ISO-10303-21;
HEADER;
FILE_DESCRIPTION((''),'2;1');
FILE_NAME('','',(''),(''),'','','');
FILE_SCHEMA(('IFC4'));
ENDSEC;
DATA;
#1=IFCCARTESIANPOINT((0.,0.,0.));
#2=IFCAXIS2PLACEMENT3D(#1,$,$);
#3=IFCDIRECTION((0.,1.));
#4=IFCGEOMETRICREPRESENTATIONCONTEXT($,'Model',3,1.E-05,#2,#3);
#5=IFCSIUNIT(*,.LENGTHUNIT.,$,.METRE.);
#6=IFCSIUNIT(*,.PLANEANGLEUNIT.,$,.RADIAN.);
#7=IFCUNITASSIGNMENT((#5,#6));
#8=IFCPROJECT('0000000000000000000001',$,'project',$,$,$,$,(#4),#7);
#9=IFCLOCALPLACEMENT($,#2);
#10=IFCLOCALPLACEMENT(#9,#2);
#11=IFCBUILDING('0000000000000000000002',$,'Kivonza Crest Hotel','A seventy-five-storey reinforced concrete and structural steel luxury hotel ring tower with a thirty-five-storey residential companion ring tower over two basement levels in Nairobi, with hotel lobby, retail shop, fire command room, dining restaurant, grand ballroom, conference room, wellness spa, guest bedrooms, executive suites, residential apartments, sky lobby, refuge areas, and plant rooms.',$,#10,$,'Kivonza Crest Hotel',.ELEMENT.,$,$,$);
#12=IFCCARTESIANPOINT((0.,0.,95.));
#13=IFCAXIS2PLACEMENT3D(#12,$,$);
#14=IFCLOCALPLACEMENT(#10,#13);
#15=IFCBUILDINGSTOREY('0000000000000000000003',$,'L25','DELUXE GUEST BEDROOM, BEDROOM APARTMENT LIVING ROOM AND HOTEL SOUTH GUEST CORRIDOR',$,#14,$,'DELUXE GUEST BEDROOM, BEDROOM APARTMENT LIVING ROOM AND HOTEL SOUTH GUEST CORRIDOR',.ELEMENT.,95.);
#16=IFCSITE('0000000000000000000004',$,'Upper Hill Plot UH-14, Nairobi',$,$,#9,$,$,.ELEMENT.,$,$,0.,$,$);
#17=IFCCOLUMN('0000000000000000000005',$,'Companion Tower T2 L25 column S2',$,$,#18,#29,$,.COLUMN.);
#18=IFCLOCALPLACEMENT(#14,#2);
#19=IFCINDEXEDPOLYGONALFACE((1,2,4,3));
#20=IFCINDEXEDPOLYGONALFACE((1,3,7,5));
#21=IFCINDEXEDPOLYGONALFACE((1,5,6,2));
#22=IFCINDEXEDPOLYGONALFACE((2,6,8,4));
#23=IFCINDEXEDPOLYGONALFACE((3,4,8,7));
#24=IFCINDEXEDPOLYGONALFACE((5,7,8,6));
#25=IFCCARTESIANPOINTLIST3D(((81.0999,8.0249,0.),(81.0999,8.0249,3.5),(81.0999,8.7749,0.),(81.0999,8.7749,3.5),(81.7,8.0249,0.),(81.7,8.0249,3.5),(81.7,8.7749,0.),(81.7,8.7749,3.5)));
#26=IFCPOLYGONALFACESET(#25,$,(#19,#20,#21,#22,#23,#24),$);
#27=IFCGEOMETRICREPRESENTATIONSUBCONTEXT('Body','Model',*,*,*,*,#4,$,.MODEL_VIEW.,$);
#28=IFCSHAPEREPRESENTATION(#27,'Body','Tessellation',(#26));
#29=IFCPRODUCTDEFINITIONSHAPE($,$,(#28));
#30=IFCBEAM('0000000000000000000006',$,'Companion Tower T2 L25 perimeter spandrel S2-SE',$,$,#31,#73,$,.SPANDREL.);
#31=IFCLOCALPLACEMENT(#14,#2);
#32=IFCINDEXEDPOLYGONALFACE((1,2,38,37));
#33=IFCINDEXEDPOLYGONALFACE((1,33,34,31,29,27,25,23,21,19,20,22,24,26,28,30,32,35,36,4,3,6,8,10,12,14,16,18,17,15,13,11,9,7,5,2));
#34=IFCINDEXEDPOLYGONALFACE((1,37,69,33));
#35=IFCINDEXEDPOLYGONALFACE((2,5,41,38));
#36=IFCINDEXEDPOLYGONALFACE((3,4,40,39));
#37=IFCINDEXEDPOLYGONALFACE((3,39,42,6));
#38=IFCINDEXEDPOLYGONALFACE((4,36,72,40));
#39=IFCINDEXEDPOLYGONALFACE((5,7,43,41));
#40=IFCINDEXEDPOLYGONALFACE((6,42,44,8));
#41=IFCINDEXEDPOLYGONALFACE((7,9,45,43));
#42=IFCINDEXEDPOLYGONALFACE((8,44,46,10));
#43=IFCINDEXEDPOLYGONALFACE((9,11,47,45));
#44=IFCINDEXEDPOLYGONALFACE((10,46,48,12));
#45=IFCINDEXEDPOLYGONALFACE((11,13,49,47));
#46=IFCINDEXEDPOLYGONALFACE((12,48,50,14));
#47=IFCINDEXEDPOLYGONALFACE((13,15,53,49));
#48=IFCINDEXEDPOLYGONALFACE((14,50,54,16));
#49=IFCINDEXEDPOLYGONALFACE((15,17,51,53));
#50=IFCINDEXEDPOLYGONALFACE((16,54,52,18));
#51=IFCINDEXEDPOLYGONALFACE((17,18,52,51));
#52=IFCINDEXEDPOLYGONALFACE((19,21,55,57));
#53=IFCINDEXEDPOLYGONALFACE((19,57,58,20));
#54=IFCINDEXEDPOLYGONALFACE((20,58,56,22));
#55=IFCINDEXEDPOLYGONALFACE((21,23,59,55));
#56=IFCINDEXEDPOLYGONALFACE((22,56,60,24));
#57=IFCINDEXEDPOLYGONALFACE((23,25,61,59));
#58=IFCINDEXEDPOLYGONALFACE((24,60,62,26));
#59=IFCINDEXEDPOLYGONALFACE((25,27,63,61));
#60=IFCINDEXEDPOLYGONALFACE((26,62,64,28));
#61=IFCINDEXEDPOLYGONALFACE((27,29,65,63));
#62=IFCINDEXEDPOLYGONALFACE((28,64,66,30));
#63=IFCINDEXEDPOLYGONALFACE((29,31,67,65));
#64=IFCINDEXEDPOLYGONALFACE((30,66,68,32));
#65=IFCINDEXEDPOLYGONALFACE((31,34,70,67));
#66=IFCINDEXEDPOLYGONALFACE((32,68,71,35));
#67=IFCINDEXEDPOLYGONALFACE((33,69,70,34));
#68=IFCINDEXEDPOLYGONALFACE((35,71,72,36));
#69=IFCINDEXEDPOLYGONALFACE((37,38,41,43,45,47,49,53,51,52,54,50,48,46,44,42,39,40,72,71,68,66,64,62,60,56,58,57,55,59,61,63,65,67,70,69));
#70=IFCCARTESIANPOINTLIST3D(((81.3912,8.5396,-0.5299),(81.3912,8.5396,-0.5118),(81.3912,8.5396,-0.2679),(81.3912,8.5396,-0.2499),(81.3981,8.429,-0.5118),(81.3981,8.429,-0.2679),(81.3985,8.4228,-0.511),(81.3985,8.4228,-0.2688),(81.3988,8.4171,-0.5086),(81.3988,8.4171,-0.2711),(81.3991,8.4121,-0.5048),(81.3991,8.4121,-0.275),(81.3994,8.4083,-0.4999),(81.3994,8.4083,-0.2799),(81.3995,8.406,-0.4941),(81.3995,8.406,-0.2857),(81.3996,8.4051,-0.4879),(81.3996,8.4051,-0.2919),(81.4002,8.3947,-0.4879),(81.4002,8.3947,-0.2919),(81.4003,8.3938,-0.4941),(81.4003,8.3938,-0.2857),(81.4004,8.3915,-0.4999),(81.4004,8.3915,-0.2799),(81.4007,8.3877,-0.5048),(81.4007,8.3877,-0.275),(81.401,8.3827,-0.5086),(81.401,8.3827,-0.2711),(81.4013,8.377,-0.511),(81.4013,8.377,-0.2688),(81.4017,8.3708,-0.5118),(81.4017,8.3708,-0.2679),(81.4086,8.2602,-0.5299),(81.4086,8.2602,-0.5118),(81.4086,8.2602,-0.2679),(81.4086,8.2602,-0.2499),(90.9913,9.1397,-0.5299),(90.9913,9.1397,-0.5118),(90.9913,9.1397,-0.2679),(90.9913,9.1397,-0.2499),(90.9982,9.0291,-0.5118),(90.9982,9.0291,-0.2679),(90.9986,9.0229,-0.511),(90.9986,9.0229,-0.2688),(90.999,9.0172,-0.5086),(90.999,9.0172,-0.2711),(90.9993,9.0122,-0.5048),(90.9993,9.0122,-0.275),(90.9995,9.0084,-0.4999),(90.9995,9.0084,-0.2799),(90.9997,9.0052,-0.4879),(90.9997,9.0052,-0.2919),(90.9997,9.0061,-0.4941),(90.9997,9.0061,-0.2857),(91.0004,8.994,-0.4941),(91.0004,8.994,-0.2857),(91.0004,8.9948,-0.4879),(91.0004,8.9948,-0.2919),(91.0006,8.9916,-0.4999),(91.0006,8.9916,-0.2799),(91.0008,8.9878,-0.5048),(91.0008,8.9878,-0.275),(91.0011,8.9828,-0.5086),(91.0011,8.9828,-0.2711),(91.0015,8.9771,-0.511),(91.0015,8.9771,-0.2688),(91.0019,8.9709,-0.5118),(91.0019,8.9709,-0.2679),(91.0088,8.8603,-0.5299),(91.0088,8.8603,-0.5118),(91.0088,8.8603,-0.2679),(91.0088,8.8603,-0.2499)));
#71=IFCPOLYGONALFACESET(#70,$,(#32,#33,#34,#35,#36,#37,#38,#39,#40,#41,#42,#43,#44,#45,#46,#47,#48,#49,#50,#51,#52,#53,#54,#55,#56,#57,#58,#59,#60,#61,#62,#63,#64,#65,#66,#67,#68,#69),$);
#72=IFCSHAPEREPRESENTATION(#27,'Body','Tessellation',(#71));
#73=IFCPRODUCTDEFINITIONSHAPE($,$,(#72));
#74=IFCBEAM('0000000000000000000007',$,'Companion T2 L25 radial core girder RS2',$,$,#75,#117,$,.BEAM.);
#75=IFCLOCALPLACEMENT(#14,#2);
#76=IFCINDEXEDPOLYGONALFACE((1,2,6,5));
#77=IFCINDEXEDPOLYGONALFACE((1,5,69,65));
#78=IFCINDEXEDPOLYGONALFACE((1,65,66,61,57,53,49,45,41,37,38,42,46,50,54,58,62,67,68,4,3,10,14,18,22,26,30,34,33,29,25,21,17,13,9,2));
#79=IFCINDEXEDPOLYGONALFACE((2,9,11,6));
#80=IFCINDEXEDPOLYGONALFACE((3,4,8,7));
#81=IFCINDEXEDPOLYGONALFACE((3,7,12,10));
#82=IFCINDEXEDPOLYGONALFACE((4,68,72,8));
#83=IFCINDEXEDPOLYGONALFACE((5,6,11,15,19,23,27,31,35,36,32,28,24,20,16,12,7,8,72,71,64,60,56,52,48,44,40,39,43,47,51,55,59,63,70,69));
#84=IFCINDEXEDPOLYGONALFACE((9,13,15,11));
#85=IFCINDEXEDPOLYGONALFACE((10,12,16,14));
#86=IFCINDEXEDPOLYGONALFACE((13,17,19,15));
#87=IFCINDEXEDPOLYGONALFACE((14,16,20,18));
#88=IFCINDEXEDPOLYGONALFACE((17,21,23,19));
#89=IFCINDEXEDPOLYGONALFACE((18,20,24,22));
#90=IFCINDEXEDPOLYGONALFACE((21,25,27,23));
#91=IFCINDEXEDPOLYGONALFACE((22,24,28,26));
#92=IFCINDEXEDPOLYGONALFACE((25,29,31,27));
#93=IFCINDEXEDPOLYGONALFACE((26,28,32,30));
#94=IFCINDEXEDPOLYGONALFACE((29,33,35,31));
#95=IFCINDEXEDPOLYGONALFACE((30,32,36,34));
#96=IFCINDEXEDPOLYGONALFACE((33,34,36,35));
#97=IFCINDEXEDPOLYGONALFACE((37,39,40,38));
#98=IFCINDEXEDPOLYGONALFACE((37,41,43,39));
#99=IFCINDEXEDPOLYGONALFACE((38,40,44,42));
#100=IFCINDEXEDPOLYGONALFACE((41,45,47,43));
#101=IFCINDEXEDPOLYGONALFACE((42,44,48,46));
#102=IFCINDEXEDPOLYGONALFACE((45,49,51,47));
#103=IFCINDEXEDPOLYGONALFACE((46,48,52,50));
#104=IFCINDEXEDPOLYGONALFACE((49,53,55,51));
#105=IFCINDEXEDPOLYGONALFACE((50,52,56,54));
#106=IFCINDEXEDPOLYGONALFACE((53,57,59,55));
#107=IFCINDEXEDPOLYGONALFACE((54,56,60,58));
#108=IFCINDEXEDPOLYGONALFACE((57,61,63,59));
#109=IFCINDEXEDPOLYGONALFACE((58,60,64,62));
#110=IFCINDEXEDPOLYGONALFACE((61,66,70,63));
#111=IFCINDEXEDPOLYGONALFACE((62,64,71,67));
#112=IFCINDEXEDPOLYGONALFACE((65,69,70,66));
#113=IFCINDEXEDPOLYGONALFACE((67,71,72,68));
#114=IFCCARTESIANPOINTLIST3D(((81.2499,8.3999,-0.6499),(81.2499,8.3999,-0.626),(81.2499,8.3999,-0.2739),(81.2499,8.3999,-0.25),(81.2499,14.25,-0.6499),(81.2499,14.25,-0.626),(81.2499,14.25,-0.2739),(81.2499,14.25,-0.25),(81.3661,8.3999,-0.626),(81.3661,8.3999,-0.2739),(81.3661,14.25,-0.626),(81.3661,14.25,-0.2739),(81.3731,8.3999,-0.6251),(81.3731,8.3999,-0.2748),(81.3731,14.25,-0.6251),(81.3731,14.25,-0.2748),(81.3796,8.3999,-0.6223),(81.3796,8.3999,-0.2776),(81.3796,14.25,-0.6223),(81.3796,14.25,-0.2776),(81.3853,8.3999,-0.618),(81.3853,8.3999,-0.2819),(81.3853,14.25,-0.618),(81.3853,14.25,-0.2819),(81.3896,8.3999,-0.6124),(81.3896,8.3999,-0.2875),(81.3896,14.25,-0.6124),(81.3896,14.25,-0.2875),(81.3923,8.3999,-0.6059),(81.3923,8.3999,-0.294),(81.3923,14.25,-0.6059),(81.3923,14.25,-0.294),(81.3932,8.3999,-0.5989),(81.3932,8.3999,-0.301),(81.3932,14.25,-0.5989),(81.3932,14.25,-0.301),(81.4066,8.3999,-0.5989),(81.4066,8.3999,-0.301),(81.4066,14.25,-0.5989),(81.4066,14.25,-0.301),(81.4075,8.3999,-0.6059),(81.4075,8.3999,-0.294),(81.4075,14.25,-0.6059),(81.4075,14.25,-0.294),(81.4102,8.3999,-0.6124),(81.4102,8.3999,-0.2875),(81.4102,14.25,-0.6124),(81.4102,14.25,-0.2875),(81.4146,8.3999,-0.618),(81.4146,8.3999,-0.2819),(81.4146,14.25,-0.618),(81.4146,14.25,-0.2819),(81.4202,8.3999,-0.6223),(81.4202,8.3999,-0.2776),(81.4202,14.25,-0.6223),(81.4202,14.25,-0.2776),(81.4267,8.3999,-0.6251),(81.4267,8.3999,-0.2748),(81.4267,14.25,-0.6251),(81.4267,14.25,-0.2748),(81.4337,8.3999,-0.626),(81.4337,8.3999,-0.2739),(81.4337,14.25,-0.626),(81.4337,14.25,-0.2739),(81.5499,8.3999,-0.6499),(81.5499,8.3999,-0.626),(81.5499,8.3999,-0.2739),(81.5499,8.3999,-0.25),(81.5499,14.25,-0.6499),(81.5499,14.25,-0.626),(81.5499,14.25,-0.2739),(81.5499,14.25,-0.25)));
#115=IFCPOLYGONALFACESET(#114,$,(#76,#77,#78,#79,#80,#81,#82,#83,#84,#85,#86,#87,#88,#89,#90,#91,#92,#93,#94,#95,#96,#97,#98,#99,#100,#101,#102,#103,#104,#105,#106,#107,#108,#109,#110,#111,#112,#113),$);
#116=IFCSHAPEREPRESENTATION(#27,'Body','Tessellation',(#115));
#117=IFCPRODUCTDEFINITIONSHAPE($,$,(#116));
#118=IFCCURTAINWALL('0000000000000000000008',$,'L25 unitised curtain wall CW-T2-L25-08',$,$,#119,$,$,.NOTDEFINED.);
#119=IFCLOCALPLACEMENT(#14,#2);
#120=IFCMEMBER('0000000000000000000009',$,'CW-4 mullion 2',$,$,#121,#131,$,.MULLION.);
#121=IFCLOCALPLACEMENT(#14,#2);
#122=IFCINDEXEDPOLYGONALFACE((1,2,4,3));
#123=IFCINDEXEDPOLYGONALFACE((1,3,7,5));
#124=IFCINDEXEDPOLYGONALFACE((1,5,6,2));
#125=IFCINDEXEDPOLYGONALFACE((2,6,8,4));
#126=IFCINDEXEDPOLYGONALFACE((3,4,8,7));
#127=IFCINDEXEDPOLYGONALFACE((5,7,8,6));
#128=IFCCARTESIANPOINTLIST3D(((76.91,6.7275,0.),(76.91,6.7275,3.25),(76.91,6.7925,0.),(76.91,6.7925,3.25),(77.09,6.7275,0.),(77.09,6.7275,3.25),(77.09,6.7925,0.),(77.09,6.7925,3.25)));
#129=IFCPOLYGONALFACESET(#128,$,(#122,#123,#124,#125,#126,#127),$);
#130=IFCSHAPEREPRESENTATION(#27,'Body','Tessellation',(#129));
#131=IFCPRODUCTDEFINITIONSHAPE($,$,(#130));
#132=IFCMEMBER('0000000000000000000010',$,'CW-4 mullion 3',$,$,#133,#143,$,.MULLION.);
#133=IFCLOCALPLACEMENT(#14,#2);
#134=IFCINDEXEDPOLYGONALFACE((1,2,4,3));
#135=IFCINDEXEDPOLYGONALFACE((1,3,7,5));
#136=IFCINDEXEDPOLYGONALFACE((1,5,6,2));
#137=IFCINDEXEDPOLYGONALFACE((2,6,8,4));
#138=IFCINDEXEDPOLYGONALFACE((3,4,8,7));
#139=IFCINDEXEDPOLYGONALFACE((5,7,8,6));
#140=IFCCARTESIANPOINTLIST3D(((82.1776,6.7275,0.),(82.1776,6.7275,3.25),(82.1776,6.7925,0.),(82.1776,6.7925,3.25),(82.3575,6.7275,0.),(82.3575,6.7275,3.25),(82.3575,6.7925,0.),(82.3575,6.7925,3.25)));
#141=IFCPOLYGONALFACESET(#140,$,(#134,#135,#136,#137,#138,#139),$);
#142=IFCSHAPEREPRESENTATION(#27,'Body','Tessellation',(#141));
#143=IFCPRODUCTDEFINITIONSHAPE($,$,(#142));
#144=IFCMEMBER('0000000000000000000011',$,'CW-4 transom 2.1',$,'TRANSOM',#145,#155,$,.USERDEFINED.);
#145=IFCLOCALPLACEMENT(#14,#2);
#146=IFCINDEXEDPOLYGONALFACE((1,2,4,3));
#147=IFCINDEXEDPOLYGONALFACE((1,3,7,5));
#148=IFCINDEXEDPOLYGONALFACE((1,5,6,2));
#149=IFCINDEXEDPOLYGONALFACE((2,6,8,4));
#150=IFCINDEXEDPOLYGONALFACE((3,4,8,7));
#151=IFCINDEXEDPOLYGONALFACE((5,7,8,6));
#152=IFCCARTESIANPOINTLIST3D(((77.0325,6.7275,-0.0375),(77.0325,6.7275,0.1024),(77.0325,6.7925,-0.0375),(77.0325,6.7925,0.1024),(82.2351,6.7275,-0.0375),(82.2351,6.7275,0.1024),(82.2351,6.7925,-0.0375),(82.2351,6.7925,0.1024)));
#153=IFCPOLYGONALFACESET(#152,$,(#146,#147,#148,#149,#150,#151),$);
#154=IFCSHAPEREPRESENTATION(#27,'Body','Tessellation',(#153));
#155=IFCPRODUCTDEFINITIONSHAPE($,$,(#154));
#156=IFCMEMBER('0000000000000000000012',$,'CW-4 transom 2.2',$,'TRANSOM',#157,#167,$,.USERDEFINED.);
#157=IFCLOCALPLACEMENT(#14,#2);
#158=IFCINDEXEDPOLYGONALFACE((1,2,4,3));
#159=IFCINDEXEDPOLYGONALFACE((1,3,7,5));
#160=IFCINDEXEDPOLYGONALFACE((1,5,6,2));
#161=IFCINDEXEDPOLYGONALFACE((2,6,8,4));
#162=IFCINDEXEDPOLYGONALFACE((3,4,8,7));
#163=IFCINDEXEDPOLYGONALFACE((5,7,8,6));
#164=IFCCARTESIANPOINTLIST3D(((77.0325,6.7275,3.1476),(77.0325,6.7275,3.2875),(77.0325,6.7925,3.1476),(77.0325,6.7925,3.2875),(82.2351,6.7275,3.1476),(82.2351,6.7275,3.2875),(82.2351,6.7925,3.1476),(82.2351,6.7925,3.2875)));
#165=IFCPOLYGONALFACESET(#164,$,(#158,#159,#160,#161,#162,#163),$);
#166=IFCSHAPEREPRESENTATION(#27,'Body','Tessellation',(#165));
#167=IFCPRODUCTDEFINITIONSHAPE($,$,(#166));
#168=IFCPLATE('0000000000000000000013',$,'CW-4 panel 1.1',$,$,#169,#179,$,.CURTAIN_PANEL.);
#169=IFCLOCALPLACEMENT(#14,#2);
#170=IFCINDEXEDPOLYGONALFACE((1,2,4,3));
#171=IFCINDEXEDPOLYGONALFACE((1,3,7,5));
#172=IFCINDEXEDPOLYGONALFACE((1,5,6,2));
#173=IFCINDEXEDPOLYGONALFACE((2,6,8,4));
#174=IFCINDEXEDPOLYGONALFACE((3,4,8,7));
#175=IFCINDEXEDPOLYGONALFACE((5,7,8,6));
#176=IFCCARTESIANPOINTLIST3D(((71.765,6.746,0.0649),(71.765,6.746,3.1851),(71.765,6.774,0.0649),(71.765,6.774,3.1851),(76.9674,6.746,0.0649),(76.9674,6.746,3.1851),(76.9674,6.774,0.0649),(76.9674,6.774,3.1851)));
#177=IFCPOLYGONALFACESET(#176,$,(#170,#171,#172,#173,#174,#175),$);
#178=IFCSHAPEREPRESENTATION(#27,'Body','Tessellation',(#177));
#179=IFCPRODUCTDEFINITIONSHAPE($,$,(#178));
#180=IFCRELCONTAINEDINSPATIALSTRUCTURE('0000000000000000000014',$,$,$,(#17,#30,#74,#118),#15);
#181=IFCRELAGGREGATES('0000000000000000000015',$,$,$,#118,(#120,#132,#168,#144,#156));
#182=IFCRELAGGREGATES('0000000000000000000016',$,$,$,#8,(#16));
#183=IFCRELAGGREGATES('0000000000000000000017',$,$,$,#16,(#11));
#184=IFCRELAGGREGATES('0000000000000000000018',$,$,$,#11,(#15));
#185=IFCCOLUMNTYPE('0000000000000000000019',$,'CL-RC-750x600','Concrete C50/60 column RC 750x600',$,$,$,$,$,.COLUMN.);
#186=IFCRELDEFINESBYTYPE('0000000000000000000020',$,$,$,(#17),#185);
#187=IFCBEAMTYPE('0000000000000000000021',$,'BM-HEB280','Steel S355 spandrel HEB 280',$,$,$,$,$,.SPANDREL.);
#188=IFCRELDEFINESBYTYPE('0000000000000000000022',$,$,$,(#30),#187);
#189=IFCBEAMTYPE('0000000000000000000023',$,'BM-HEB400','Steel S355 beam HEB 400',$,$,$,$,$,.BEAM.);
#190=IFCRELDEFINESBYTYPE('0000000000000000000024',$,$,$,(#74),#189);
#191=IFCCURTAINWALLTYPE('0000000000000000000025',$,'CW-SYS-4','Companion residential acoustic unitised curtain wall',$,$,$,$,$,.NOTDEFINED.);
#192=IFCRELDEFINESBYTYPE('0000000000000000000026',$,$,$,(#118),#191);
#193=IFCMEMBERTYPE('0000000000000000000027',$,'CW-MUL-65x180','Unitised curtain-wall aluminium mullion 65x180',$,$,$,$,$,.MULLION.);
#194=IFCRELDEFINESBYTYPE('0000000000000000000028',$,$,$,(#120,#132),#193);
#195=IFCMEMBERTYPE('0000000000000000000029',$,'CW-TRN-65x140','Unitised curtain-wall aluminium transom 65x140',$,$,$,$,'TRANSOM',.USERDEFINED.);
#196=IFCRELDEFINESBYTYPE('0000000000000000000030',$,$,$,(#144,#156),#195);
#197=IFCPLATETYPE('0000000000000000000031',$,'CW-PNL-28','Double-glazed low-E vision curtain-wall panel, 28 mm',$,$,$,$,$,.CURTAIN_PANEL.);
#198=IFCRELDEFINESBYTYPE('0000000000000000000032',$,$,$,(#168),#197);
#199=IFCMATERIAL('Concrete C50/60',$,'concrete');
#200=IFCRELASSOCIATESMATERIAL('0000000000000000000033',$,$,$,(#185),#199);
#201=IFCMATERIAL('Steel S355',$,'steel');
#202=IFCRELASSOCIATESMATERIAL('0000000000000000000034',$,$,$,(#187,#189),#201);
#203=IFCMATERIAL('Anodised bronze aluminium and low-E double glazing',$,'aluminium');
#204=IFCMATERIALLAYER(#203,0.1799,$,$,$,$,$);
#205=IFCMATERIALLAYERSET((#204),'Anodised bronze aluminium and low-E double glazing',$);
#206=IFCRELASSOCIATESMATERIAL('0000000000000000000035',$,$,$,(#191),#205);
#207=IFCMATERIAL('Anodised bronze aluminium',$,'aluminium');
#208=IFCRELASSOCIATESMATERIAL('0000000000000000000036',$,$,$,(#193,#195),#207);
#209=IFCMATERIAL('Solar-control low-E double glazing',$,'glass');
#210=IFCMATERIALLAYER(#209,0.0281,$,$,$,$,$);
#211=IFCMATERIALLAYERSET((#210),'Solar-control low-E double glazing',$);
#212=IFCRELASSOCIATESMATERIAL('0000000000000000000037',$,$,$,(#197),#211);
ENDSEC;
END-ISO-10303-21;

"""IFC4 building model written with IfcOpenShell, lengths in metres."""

from ifc_helpers import new_model, si_unit, direction, frame, origin, origin_2d, place, context, subcontext, project, spatial, rectangle, i_section, extrude, material, layer, layer_set, material_profile, profile_set, type_object, element, aggregate, save


model = new_model("IFC4")

# Units and contexts
model_context = context("Model", 3, precision=1e-05, world=origin(), true_north=direction((0.0, 1.0)))
body_context = subcontext(model_context, "Body", "Model", "MODEL_VIEW")
ifc_project = project(units=[si_unit("LENGTHUNIT", "METRE"), si_unit("PLANEANGLEUNIT", "RADIAN")], contexts=[model_context])

# Site, building, storey
site_placement = place(None, origin())
site = spatial("IfcSite", under=ifc_project, at=site_placement, Name="Upper Hill Plot UH-14, Nairobi", CompositionType="ELEMENT", RefElevation=0.0)
building_placement = place(site_placement, origin())
building = spatial("IfcBuilding", under=site, at=building_placement, Name="Kivonza Crest Hotel", Description="A seventy-five-storey reinforced concrete and structural steel luxury hotel ring tower with a thirty-five-storey residential companion ring tower over two basement levels in Nairobi, with hotel lobby, retail shop, fire command room, dining restaurant, grand ballroom, conference room, wellness spa, guest bedrooms, executive suites, residential apartments, sky lobby, refuge areas, and plant rooms.", LongName="Kivonza Crest Hotel", CompositionType="ELEMENT")
storey_placement = place(building_placement, frame((0.0, 0.0, 95.0)))
storey = spatial("IfcBuildingStorey", under=building, at=storey_placement, Name="L25", Description="DELUXE GUEST BEDROOM, BEDROOM APARTMENT LIVING ROOM AND HOTEL SOUTH GUEST CORRIDOR", LongName="DELUXE GUEST BEDROOM, BEDROOM APARTMENT LIVING ROOM AND HOTEL SOUTH GUEST CORRIDOR", CompositionType="ELEMENT", Elevation=95.0)

# Column
ifc_material_1 = material(Name="Concrete C50/60", Category="concrete")
ifc_material_profile_1 = material_profile(ifc_material_1, rectangle(XDim=0.6001, YDim=0.75, at=origin_2d()), Name="RC 750x600")
ifc_profile_set_1 = profile_set([ifc_material_profile_1], Name="Concrete C50/60")
column_type = type_object("IfcColumnType", Name="CL-RC-750x600", Description="Concrete C50/60 column RC 750x600", PredefinedType="COLUMN", material=ifc_profile_set_1)
column_placement = place(storey_placement, frame((81.3999, 8.3999, 0.0), z_axis=(0.0, 0.0, 1.0), x_axis=(1.0, 0.0, 0.0)))
element("IfcColumn", 1, at=column_placement, inside=storey, type_object=column_type, Name="Companion Tower T2 L25 column S2", PredefinedType="COLUMN", context=body_context, shape_type="SweptSolid", body=[
    extrude(rectangle(XDim=0.6001, YDim=0.75, at=origin_2d()), origin(), (0.0, 0.0, 1.0), 3.5),
])

# Beams
ifc_material_2 = material(Name="Steel S355", Category="steel")
ifc_material_profile_2 = material_profile(ifc_material_2, i_section(OverallWidth=0.28, OverallDepth=0.28, WebThickness=0.0105, FlangeThickness=0.0181, FilletRadius=0.0239, at=origin_2d()), Name="HEB 280")
ifc_profile_set_2 = profile_set([ifc_material_profile_2], Name="Steel S355")
beam_type_1 = type_object("IfcBeamType", Name="BM-HEB280", Description="Steel S355 spandrel HEB 280", PredefinedType="SPANDREL", material=ifc_profile_set_2)
beam_1_placement = place(storey_placement, frame((81.3999, 8.3999, -0.3899), z_axis=(0.998052, 0.062388, 0.0), x_axis=(-0.062388, 0.998052, 0.0)))
element("IfcBeam", 2, at=beam_1_placement, inside=storey, type_object=beam_type_1, Name="Companion Tower T2 L25 perimeter spandrel S2-SE", PredefinedType="SPANDREL", context=body_context, shape_type="SweptSolid", body=[
    extrude(i_section(OverallWidth=0.28, OverallDepth=0.28, WebThickness=0.0105, FlangeThickness=0.0181, FilletRadius=0.0239, at=origin_2d()), origin(), (0.0, 0.0, 1.0), 9.6189),
])
ifc_material_profile_3 = material_profile(ifc_material_2, i_section(OverallWidth=0.3, OverallDepth=0.3999, WebThickness=0.0134, FlangeThickness=0.0239, FilletRadius=0.0271, at=origin_2d()), Name="HEB 400")
ifc_profile_set_3 = profile_set([ifc_material_profile_3], Name="Steel S355")
beam_type_2 = type_object("IfcBeamType", Name="BM-HEB400", Description="Steel S355 beam HEB 400", PredefinedType="BEAM", material=ifc_profile_set_3)
beam_2_placement = place(storey_placement, frame((81.3999, 8.3999, -0.45), z_axis=(0.0, 1.0, 0.0), x_axis=(-1.0, 0.0, 0.0)))
element("IfcBeam", 3, at=beam_2_placement, inside=storey, type_object=beam_type_2, Name="Companion T2 L25 radial core girder RS2", PredefinedType="BEAM", context=body_context, shape_type="SweptSolid", body=[
    extrude(i_section(OverallWidth=0.3, OverallDepth=0.3999, WebThickness=0.0134, FlangeThickness=0.0239, FilletRadius=0.0271, at=origin_2d()), origin(), (0.0, 0.0, 1.0), 5.8501),
])

# Curtain wall, members, plate
ifc_material_3 = material(Name="Anodised bronze aluminium and low-E double glazing", Category="aluminium")
ifc_layer_1 = layer(ifc_material_3, 0.1799)
ifc_layer_set_1 = layer_set([ifc_layer_1], Name="Anodised bronze aluminium and low-E double glazing")
curtain_wall_type = type_object("IfcCurtainWallType", Name="CW-SYS-4", Description="Companion residential acoustic unitised curtain wall", PredefinedType="NOTDEFINED", material=ifc_layer_set_1)
curtain_wall_placement = place(storey_placement, origin())
curtain_wall = element("IfcCurtainWall", 4, at=curtain_wall_placement, inside=storey, type_object=curtain_wall_type, Name="L25 unitised curtain wall CW-T2-L25-08", PredefinedType="NOTDEFINED")
ifc_material_4 = material(Name="Anodised bronze aluminium", Category="aluminium")
ifc_material_profile_4 = material_profile(ifc_material_4, rectangle(XDim=0.0649, YDim=0.1799, at=origin_2d()), Name="CW-M 65x180")
ifc_profile_set_4 = profile_set([ifc_material_profile_4], Name="Anodised bronze aluminium")
member_type_1 = type_object("IfcMemberType", Name="CW-MUL-65x180", Description="Unitised curtain-wall aluminium mullion 65x180", PredefinedType="MULLION", material=ifc_profile_set_4)
member_1_placement = place(storey_placement, frame((77.0, 6.76, 0.0), z_axis=(0.0, 0.0, 1.0), x_axis=(0.0, 1.0, 0.0)))
member_1 = element("IfcMember", 5, at=member_1_placement, type_object=member_type_1, Name="CW-4 mullion 2", PredefinedType="MULLION", context=body_context, shape_type="SweptSolid", body=[
    extrude(rectangle(XDim=0.0649, YDim=0.1799, at=origin_2d()), origin(), (0.0, 0.0, 1.0), 3.25),
])
member_2_placement = place(storey_placement, frame((82.2676, 6.76, 0.0), z_axis=(0.0, 0.0, 1.0), x_axis=(0.0, 1.0, 0.0)))
member_2 = element("IfcMember", 6, at=member_2_placement, type_object=member_type_1, Name="CW-4 mullion 3", PredefinedType="MULLION", context=body_context, shape_type="SweptSolid", body=[
    extrude(rectangle(XDim=0.0649, YDim=0.1799, at=origin_2d()), origin(), (0.0, 0.0, 1.0), 3.25),
])
ifc_material_profile_5 = material_profile(ifc_material_4, rectangle(XDim=0.0649, YDim=0.1399, at=origin_2d()), Name="CW-T 65x140")
ifc_profile_set_5 = profile_set([ifc_material_profile_5], Name="Anodised bronze aluminium")
member_type_2 = type_object("IfcMemberType", Name="CW-TRN-65x140", Description="Unitised curtain-wall aluminium transom 65x140", ElementType="TRANSOM", PredefinedType="USERDEFINED", material=ifc_profile_set_5)
member_3_placement = place(storey_placement, frame((77.0325, 6.76, 0.0325), z_axis=(1.0, 0.0, 0.0), x_axis=(0.0, 1.0, 0.0)))
member_3 = element("IfcMember", 7, at=member_3_placement, type_object=member_type_2, Name="CW-4 transom 2.1", ObjectType="TRANSOM", PredefinedType="USERDEFINED", context=body_context, shape_type="SweptSolid", body=[
    extrude(rectangle(XDim=0.0649, YDim=0.1399, at=origin_2d()), origin(), (0.0, 0.0, 1.0), 5.2026),
])
member_4_placement = place(storey_placement, frame((77.0325, 6.76, 3.2175), z_axis=(1.0, 0.0, 0.0), x_axis=(0.0, 1.0, 0.0)))
member_4 = element("IfcMember", 8, at=member_4_placement, type_object=member_type_2, Name="CW-4 transom 2.2", ObjectType="TRANSOM", PredefinedType="USERDEFINED", context=body_context, shape_type="SweptSolid", body=[
    extrude(rectangle(XDim=0.0649, YDim=0.1399, at=origin_2d()), origin(), (0.0, 0.0, 1.0), 5.2026),
])
ifc_material_5 = material(Name="Solar-control low-E double glazing", Category="glass")
ifc_layer_2 = layer(ifc_material_5, 0.0281)
ifc_layer_set_2 = layer_set([ifc_layer_2], Name="Solar-control low-E double glazing")
plate_type = type_object("IfcPlateType", Name="CW-PNL-28", Description="Double-glazed low-E vision curtain-wall panel, 28 mm", PredefinedType="CURTAIN_PANEL", material=ifc_layer_set_2)
plate_1_placement = place(storey_placement, frame((74.3662, 6.76, 0.0649), z_axis=(0.0, 0.0, 1.0), x_axis=(1.0, 0.0, 0.0)))
plate_1 = element("IfcPlate", 9, at=plate_1_placement, type_object=plate_type, Name="CW-4 panel 1.1", PredefinedType="CURTAIN_PANEL", context=body_context, shape_type="SweptSolid", body=[
    extrude(rectangle(XDim=5.2024, YDim=0.0281, at=origin_2d()), origin(), (0.0, 0.0, 1.0), 3.1201),
])
aggregate(curtain_wall, [member_1, member_2, plate_1, member_3, member_4])

save(model, "model.ifc")
